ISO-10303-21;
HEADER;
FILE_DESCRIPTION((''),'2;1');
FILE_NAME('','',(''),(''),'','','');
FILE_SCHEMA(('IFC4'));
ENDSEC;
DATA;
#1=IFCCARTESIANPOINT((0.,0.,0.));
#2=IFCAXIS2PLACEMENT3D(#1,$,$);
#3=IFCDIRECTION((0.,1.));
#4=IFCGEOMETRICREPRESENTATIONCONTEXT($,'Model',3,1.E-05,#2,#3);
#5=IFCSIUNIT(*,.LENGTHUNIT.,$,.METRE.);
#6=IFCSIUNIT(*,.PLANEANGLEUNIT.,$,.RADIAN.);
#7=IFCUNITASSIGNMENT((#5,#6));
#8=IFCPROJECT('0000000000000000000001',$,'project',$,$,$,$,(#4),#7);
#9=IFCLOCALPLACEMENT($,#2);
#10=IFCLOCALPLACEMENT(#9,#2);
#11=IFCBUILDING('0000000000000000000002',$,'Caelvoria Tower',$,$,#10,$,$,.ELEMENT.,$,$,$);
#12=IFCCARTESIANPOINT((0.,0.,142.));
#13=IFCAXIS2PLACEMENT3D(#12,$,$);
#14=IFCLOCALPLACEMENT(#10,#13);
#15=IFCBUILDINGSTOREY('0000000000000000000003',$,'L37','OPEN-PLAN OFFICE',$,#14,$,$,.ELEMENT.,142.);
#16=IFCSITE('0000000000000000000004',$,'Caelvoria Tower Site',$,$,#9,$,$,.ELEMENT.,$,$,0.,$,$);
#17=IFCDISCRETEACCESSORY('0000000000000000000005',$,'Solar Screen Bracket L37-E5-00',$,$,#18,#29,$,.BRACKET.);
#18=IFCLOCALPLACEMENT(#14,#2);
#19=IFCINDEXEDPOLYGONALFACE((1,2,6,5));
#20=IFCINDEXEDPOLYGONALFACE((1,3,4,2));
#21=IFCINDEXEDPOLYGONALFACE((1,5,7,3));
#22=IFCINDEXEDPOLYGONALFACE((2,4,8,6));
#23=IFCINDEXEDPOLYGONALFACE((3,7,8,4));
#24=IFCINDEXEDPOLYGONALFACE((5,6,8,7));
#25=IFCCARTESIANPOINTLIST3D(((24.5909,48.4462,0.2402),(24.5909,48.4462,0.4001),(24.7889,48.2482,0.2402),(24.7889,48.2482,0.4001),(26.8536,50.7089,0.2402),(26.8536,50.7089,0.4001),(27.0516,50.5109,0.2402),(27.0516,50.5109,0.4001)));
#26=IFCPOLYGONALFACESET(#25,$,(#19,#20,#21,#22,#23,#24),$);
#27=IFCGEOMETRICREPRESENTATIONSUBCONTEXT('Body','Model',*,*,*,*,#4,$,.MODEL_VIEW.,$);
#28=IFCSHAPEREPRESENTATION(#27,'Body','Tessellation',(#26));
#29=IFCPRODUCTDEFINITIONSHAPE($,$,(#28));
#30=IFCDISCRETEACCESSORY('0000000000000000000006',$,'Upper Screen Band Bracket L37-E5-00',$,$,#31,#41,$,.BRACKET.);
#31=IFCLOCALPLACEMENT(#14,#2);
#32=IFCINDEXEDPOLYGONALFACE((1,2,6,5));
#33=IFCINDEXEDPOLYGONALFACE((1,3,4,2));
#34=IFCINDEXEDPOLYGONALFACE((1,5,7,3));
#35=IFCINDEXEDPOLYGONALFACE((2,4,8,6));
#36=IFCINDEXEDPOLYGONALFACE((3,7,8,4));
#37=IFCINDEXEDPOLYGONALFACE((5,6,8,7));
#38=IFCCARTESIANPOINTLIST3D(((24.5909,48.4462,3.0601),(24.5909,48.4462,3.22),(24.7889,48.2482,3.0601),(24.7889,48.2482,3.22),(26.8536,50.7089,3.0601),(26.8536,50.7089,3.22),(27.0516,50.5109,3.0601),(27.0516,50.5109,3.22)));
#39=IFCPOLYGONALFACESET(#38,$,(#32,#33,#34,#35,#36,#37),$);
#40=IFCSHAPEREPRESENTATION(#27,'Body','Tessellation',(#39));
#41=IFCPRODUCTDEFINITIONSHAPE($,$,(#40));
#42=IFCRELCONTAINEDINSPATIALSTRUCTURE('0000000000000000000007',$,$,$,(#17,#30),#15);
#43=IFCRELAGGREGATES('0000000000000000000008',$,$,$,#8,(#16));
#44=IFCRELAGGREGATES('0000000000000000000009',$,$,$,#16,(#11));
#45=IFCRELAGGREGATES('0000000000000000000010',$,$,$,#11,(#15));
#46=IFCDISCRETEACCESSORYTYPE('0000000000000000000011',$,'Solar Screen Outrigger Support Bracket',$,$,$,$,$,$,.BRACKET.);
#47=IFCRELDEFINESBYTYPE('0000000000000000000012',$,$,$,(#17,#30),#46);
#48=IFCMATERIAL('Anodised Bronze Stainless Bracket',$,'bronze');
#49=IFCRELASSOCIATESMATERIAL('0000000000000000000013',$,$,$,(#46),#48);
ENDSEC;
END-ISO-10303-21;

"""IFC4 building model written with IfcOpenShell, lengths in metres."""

from ifc_helpers import new_model, si_unit, direction, frame, origin, origin_2d, place, context, subcontext, project, spatial, rectangle, extrude, material, type_object, element, save


model = new_model("IFC4")

# Units and contexts
model_context = context("Model", 3, precision=1e-05, world=origin(), true_north=direction((0.0, 1.0)))
body_context = subcontext(model_context, "Body", "Model", "MODEL_VIEW")
ifc_project = project(units=[si_unit("LENGTHUNIT", "METRE"), si_unit("PLANEANGLEUNIT", "RADIAN")], contexts=[model_context])

# Site, building, storey
site_placement = place(None, origin())
site = spatial("IfcSite", under=ifc_project, at=site_placement, Name="Caelvoria Tower Site", CompositionType="ELEMENT", RefElevation=0.0)
building_placement = place(site_placement, origin())
building = spatial("IfcBuilding", under=site, at=building_placement, Name="Caelvoria Tower", CompositionType="ELEMENT")
storey_placement = place(building_placement, frame((0.0, 0.0, 142.0)))
storey = spatial("IfcBuildingStorey", under=building, at=storey_placement, Name="L37", Description="OPEN-PLAN OFFICE", CompositionType="ELEMENT", Elevation=142.0)

# Discrete accessories
ifc_material_1 = material(Name="Anodised Bronze Stainless Bracket", Category="bronze")
discrete_accessory_type = type_object("IfcDiscreteAccessoryType", Name="Solar Screen Outrigger Support Bracket", PredefinedType="BRACKET", material=ifc_material_1)
for number, where, z_axis, x_axis, name in (
    (1, (25.8213, 49.4785, 0.2402), (0.0, 0.0, 1.0), (-0.707107, -0.707107, 0.0), "Solar Screen Bracket L37-E5-00"),
    (2, (25.8213, 49.4785, 3.0601), (0.0, 0.0, 1.0), (-0.707107, -0.707107, 0.0), "Upper Screen Band Bracket L37-E5-00"),
):
    element("IfcDiscreteAccessory", number, at=place(storey_placement, frame(where, z_axis=z_axis, x_axis=x_axis)), inside=storey, type_object=discrete_accessory_type, Name=name, PredefinedType="BRACKET", context=body_context, shape_type="SweptSolid", body=[
        extrude(rectangle(XDim=3.2, YDim=0.28, at=origin_2d()), origin(), (0.0, 0.0, 1.0), 0.1599),
    ])

save(model, "model.ifc")
